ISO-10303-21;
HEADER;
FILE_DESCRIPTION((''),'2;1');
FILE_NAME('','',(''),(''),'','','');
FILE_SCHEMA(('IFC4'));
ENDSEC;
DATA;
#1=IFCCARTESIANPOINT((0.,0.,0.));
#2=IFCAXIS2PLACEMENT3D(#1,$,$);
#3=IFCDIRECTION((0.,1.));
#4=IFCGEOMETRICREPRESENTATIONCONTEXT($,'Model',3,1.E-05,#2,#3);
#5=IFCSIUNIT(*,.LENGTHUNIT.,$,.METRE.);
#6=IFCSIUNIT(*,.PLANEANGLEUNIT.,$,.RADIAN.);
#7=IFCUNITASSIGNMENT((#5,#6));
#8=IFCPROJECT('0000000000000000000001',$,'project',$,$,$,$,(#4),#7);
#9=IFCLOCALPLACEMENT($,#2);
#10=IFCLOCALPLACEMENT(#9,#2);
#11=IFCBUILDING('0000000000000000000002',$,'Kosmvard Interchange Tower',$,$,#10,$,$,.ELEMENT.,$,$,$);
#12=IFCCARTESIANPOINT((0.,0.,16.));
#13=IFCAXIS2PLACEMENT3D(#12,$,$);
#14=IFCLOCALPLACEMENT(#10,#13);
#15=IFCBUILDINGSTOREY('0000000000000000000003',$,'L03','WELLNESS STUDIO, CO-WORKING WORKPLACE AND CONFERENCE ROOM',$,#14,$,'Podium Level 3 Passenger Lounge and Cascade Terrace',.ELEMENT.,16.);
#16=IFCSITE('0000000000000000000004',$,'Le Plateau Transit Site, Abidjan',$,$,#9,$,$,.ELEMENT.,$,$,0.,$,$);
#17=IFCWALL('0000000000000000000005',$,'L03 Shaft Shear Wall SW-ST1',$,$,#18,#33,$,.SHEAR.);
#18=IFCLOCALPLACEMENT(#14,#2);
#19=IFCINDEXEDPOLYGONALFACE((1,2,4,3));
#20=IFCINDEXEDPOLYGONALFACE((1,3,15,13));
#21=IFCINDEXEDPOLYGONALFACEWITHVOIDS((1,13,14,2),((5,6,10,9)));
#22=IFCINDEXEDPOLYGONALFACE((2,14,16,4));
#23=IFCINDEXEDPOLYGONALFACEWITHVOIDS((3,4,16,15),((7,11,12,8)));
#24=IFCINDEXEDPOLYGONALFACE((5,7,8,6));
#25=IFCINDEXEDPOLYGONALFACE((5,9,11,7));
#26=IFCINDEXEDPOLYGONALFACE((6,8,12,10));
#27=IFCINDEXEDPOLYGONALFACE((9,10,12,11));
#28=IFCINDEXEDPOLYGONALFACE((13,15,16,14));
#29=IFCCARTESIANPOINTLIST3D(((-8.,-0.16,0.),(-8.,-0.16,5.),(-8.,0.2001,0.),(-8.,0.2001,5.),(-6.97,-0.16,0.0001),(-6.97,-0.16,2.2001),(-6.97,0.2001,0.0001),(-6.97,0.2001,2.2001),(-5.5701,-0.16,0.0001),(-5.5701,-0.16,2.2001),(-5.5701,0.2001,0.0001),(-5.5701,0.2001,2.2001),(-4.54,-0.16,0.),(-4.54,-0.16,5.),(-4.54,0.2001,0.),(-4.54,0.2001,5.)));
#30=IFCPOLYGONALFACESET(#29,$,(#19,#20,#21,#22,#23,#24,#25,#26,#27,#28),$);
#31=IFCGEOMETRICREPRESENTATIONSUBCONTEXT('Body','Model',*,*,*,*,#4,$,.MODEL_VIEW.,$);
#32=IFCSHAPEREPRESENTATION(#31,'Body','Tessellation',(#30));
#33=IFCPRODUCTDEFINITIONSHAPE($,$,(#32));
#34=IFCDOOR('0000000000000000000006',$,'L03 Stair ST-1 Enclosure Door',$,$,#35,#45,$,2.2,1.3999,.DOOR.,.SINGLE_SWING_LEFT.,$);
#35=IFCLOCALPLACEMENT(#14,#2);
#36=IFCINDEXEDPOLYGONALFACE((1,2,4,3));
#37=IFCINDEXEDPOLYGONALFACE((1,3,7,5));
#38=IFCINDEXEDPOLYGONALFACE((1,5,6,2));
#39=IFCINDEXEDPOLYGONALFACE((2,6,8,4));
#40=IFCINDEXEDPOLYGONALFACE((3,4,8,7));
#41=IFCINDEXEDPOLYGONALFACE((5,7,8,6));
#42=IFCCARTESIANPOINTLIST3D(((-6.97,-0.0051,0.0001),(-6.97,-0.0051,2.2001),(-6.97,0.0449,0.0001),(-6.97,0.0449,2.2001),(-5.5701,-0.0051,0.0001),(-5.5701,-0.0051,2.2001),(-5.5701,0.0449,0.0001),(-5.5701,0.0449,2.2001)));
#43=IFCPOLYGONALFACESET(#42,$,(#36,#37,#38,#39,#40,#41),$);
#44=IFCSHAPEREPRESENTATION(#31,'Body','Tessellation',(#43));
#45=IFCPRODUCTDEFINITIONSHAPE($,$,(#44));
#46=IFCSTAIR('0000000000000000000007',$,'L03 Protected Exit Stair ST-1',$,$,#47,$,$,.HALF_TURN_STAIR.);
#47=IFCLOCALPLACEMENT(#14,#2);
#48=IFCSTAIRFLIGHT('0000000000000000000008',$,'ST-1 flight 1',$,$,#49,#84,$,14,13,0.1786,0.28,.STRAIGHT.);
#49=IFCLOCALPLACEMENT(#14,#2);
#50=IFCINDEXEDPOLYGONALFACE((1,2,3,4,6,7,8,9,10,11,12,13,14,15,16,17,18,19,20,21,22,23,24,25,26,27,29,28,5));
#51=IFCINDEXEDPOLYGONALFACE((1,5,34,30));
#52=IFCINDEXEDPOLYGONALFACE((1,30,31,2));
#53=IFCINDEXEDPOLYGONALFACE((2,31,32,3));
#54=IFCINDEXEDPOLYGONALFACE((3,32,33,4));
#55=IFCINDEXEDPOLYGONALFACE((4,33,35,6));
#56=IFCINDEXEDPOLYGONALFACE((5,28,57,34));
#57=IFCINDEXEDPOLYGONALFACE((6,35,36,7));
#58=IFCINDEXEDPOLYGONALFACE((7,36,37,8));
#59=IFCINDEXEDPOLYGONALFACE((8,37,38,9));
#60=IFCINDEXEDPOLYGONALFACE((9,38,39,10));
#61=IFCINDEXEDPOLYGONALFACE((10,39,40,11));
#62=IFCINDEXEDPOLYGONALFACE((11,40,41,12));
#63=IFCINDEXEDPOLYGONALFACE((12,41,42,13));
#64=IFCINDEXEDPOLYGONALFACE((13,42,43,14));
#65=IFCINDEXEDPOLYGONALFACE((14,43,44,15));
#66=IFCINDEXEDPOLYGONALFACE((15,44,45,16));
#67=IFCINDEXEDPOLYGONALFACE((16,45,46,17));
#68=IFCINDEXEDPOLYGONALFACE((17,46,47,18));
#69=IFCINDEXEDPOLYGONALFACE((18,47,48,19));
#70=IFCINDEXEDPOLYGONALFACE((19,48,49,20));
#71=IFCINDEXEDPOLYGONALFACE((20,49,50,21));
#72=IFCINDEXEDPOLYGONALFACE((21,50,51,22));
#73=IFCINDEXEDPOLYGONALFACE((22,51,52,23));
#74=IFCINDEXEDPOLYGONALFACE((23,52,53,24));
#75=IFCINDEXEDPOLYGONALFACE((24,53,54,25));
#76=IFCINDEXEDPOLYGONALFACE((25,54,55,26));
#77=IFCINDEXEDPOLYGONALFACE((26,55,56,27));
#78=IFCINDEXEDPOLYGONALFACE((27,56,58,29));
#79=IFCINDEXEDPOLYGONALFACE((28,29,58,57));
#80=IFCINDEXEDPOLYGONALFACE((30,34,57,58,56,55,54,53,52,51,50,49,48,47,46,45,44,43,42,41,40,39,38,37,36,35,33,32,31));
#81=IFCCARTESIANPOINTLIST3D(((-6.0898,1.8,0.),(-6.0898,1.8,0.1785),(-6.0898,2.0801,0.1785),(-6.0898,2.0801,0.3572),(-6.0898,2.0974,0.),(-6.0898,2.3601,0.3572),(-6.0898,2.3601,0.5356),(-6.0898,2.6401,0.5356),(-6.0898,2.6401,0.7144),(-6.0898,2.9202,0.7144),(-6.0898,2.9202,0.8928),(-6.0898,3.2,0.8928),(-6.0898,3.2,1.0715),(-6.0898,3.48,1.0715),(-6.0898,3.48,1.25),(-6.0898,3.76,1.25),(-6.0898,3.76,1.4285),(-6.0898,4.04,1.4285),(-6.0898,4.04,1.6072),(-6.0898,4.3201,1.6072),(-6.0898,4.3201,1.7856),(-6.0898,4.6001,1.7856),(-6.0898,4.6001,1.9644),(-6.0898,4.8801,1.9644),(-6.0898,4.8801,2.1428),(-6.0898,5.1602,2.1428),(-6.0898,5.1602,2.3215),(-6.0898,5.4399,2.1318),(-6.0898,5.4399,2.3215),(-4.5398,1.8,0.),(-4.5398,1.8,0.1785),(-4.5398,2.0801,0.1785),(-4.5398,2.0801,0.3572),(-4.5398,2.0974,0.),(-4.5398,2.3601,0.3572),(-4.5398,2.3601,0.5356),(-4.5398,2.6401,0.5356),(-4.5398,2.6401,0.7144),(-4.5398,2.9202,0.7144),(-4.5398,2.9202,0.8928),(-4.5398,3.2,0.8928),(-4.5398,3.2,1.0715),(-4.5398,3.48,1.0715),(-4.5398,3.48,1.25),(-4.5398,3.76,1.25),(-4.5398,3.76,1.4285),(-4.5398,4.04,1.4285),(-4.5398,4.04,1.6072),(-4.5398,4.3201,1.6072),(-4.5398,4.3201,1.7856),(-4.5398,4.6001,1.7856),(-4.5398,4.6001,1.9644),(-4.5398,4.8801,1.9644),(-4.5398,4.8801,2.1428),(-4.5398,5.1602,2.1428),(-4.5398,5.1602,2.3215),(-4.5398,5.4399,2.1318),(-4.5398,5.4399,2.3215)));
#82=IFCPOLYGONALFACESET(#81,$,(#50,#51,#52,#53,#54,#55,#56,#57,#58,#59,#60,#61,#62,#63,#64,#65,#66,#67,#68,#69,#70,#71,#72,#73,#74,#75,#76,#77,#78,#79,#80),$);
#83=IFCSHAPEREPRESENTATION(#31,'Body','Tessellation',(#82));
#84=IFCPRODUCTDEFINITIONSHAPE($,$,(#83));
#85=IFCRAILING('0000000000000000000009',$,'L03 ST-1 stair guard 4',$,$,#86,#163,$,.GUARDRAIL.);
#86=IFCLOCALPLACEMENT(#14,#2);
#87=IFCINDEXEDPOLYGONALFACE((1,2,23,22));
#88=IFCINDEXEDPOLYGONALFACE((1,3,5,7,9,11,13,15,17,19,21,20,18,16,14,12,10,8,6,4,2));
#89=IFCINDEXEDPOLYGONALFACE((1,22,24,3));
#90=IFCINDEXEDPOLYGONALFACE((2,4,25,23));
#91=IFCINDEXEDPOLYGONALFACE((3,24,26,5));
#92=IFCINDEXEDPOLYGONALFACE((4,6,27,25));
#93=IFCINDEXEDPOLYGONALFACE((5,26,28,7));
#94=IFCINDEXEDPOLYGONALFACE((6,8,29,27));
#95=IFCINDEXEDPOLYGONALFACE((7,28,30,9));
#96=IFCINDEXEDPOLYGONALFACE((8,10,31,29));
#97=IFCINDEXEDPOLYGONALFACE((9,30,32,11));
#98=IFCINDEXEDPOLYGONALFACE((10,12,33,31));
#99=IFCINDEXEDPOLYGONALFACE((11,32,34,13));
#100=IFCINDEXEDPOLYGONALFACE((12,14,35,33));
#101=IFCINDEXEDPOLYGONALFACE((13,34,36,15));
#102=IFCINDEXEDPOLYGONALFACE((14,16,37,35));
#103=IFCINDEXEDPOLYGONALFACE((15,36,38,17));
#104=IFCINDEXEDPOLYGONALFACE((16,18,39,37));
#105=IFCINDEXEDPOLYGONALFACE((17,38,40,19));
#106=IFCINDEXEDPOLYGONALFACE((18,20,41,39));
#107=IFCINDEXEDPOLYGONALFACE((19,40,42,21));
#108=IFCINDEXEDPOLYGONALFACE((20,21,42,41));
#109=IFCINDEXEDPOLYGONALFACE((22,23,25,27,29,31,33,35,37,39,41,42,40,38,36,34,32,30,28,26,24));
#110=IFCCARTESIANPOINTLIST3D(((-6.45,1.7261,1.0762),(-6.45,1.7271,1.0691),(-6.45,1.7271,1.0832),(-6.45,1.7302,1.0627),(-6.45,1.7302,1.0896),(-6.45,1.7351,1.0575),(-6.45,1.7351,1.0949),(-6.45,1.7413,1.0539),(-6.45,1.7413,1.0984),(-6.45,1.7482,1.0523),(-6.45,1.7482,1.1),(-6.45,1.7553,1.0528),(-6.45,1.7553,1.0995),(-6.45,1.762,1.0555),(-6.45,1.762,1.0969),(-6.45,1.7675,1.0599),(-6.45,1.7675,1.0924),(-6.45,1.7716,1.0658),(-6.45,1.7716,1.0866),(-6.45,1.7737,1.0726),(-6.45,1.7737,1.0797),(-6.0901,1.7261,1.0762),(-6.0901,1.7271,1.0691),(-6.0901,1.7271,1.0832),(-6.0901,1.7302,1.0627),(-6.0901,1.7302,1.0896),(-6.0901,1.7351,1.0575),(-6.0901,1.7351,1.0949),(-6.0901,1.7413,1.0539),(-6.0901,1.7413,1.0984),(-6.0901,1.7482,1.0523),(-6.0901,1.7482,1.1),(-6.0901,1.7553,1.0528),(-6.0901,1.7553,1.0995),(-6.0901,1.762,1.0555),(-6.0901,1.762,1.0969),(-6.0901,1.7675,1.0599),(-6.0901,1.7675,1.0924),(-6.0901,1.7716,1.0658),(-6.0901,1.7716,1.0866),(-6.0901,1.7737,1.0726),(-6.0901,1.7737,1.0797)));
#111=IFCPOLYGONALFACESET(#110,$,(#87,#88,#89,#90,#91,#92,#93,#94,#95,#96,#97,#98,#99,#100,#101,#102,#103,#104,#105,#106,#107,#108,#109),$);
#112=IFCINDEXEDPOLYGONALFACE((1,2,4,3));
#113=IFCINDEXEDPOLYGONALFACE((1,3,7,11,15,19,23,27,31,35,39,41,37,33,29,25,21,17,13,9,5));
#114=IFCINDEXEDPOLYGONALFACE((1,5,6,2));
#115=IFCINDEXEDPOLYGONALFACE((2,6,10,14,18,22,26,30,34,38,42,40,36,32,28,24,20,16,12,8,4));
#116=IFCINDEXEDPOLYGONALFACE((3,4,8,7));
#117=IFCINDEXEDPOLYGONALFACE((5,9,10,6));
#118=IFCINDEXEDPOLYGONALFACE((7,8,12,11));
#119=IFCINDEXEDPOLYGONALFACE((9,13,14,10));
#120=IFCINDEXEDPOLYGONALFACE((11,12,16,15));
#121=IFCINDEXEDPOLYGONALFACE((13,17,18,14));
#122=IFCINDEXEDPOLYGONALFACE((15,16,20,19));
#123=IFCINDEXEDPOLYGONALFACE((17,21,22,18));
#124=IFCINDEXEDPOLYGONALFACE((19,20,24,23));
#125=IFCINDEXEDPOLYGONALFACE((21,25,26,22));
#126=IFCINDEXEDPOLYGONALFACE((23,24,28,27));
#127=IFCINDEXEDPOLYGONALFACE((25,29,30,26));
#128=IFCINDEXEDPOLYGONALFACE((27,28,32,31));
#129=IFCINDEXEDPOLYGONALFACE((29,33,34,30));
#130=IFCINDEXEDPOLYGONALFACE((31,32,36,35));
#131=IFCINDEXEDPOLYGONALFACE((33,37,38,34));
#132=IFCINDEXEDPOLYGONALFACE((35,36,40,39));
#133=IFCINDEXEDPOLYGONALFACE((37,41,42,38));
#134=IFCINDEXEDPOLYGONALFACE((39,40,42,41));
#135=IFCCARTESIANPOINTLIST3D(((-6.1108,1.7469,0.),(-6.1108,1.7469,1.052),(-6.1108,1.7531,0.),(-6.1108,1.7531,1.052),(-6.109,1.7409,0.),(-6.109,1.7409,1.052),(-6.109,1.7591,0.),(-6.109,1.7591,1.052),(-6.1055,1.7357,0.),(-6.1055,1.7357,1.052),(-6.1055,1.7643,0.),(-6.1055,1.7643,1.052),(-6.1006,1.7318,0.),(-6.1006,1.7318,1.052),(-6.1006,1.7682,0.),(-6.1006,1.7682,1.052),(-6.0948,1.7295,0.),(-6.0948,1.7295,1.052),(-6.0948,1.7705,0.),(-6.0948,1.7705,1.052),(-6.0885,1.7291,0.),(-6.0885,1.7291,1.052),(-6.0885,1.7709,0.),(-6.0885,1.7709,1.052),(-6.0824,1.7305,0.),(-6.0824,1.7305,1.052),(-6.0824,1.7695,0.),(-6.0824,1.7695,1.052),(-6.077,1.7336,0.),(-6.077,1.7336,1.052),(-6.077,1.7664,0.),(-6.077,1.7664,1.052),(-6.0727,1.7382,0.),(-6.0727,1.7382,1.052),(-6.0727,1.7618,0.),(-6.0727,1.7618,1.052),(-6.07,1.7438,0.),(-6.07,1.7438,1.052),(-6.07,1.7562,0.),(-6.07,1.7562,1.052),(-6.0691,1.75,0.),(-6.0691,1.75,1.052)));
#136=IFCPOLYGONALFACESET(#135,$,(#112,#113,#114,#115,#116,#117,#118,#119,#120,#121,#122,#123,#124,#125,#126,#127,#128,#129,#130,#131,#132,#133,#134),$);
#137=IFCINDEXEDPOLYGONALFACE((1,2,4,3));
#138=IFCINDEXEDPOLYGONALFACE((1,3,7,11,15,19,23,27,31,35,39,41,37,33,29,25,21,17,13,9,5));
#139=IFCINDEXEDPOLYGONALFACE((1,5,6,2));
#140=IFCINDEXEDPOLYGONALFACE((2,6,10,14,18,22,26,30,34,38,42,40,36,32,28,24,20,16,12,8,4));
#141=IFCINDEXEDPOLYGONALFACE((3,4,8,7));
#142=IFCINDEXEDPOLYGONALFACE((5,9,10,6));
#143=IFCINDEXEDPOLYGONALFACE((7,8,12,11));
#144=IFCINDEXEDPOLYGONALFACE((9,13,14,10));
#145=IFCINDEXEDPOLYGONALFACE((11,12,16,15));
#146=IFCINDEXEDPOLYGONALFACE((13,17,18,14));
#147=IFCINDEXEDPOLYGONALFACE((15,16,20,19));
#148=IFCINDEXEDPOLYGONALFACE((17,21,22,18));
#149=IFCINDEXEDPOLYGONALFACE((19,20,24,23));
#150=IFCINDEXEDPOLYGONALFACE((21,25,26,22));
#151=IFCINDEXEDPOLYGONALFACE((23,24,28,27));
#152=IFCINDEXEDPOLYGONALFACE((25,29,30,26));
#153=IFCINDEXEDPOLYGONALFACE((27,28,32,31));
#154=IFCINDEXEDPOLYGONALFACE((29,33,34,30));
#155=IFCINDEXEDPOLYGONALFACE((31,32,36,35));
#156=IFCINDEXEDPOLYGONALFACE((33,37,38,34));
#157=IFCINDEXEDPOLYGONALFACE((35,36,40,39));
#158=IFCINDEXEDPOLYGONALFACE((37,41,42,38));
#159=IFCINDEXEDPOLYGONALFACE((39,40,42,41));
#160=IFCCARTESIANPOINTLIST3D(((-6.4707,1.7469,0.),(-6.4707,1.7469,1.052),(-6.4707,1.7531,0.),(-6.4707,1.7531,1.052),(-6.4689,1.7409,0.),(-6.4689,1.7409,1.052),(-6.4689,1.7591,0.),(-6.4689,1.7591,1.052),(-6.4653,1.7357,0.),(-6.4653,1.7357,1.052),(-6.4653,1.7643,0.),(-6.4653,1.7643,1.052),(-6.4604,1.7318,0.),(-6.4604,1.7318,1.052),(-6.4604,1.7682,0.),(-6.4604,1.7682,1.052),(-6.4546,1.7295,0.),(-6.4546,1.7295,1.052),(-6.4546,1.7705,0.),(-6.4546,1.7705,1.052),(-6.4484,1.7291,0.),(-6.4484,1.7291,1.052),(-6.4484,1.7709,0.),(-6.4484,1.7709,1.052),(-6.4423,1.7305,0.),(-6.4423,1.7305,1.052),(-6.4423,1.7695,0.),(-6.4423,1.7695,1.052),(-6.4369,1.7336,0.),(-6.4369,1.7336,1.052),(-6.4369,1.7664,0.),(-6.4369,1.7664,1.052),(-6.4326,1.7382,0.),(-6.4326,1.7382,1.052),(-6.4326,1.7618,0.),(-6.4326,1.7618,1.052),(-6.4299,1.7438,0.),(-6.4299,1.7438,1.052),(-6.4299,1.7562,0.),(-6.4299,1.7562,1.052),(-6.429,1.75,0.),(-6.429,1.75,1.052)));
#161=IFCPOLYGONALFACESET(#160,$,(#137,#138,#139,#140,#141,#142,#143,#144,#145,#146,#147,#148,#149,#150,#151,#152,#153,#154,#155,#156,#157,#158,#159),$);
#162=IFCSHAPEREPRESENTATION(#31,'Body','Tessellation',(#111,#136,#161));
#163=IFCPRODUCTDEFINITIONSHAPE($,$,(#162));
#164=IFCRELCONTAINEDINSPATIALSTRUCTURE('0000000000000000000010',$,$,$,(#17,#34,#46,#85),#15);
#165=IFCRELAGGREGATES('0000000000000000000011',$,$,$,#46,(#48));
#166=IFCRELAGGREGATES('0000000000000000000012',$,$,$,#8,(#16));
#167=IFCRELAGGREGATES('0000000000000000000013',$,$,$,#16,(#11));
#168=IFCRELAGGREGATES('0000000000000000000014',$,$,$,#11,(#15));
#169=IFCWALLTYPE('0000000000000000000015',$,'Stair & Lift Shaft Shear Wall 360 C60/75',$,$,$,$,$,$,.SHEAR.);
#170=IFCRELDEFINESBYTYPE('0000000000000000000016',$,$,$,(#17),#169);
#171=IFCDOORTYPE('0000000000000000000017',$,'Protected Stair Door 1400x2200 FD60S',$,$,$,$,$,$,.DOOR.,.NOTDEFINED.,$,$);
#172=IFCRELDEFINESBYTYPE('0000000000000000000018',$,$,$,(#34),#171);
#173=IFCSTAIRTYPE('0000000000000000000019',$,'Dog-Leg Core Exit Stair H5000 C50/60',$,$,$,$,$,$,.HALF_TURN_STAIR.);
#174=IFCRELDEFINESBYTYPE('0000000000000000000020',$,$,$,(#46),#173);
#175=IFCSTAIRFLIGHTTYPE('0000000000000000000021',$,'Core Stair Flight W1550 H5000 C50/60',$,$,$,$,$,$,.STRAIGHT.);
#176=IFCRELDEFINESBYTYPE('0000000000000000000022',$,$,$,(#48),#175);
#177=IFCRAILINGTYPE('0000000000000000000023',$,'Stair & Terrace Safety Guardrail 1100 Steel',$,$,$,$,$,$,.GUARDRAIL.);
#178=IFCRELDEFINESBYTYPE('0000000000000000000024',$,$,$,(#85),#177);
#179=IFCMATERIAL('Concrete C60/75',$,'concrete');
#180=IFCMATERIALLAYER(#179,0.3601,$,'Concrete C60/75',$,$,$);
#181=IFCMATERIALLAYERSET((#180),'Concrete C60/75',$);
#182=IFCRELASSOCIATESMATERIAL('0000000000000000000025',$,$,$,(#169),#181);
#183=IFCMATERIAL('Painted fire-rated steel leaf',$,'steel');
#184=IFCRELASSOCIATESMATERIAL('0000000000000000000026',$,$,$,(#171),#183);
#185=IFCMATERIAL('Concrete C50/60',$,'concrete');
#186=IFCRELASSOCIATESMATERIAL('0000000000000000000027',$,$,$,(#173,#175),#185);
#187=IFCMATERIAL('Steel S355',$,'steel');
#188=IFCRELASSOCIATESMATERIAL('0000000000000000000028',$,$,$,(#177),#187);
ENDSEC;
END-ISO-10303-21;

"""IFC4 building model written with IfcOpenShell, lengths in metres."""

from ifc_helpers import new_model, si_unit, direction, frame, frame_2d, origin, origin_2d, place, context, subcontext, project, spatial, polyline, rectangle, circle, outline, extrude, source, transform, mapped, material, layer, layer_set, type_object, element, fill, aggregate, save


model = new_model("IFC4")

# Units and contexts
model_context = context("Model", 3, precision=1e-05, world=origin(), true_north=direction((0.0, 1.0)))
body_context = subcontext(model_context, "Body", "Model", "MODEL_VIEW")
ifc_project = project(units=[si_unit("LENGTHUNIT", "METRE"), si_unit("PLANEANGLEUNIT", "RADIAN")], contexts=[model_context])

# Site, building, storey
site_placement = place(None, origin())
site = spatial("IfcSite", under=ifc_project, at=site_placement, Name="Le Plateau Transit Site, Abidjan", CompositionType="ELEMENT", RefElevation=0.0)
building_placement = place(site_placement, origin())
building = spatial("IfcBuilding", under=site, at=building_placement, Name="Kosmvard Interchange Tower", CompositionType="ELEMENT")
storey_placement = place(building_placement, frame((0.0, 0.0, 16.0)))
storey = spatial("IfcBuildingStorey", under=building, at=storey_placement, Name="L03", Description="WELLNESS STUDIO, CO-WORKING WORKPLACE AND CONFERENCE ROOM", LongName="Podium Level 3 Passenger Lounge and Cascade Terrace", CompositionType="ELEMENT", Elevation=16.0)

# Wall, opening, door
ifc_material_1 = material(Name="Concrete C60/75", Category="concrete")
ifc_layer_1 = layer(ifc_material_1, 0.3601, Name="Concrete C60/75")
ifc_layer_set_1 = layer_set([ifc_layer_1], Name="Concrete C60/75")
wall_type_1 = type_object("IfcWallType", Name="Stair & Lift Shaft Shear Wall 360 C60/75", PredefinedType="SHEAR", material=ifc_layer_set_1)
wall_1_placement = place(storey_placement, frame((-8.0, 0.02, 0.0), z_axis=(0.0, 0.0, 1.0), x_axis=(1.0, 0.0, 0.0)))
wall_1 = element("IfcWall", 1, at=wall_1_placement, inside=storey, type_object=wall_type_1, Name="L03 Shaft Shear Wall SW-ST1", PredefinedType="SHEAR", context=body_context, shape_type="SweptSolid", body=[
    extrude(rectangle(XDim=3.46, YDim=0.3601, at=frame_2d((1.73, 0.0))), origin(), (0.0, 0.0, 1.0), 5.0),
])
opening_1_placement = place(wall_1_placement, frame((1.03, 0.0, 0.0)))
opening_1 = element("IfcOpeningElement", 2, at=opening_1_placement, cuts=wall_1, PredefinedType="OPENING", context=body_context, shape_type="SweptSolid", body=[
    extrude(rectangle(XDim=1.3999, YDim=2.2, at=frame_2d((0.7, 1.1001))), frame((0.0, 0.1899, 0.0), z_axis=(0.0, -1.0, 0.0), x_axis=(1.0, 0.0, 0.0)), (0.0, 0.0, 1.0), 0.3801),
])
ifc_material_2 = material(Name="Painted fire-rated steel leaf", Category="steel")
door_type_1 = type_object("IfcDoorType", Name="Protected Stair Door 1400x2200 FD60S", OperationType="NOTDEFINED", PredefinedType="DOOR", material=ifc_material_2)
shared_shape_1 = source(origin(), body_context, "Body", "SweptSolid", [
    extrude(rectangle(XDim=1.3999, YDim=2.2, at=frame_2d((0.7, 1.1001))), frame((0.0, 0.0249, 0.0), z_axis=(0.0, -1.0, 0.0), x_axis=(1.0, 0.0, 0.0)), (0.0, 0.0, 1.0), 0.05),
])
door_1_placement = place(opening_1_placement, origin())
door_1 = element("IfcDoor", 3, at=door_1_placement, inside=storey, type_object=door_type_1, Name="L03 Stair ST-1 Enclosure Door", OperationType="SINGLE_SWING_LEFT", OverallHeight=2.2, OverallWidth=1.3999, PredefinedType="DOOR", context=body_context, shape_type="MappedRepresentation", body=[
    mapped(shared_shape_1, transform((0.0, 0.0, 0.0), scale=1.0)),
])
fill(opening_1, door_1)

# Stair, stair flight
ifc_material_3 = material(Name="Concrete C50/60", Category="concrete")
stair_type = type_object("IfcStairType", Name="Dog-Leg Core Exit Stair H5000 C50/60", PredefinedType="HALF_TURN_STAIR", material=ifc_material_3)
stair_placement = place(storey_placement, origin())
stair = element("IfcStair", 4, at=stair_placement, inside=storey, type_object=stair_type, Name="L03 Protected Exit Stair ST-1", PredefinedType="HALF_TURN_STAIR")
stair_flight_type = type_object("IfcStairFlightType", Name="Core Stair Flight W1550 H5000 C50/60", PredefinedType="STRAIGHT", material=ifc_material_3)
shared_shape_2 = source(origin(), body_context, "Body", "SweptSolid", [
    extrude(outline(polyline([(0.0, 0.0), (0.0, 0.1785), (0.28, 0.1785), (0.28, 0.3572), (0.5601, 0.3572), (0.5601, 0.5356), (0.8401, 0.5356), (0.8401, 0.7144), (1.1201, 0.7144), (1.1201, 0.8928), (1.3999, 0.8928), (1.3999, 1.0715), (1.6799, 1.0715), (1.6799, 1.25), (1.96, 1.25), (1.96, 1.4285), (2.24, 1.4285), (2.24, 1.6072), (2.52, 1.6072), (2.52, 1.7856), (2.8, 1.7856), (2.8, 1.9644), (3.0801, 1.9644), (3.0801, 2.1428), (3.3601, 2.1428), (3.3601, 2.3215), (3.6399, 2.3215), (3.6399, 2.5), (3.6399, 2.1318), (0.2974, 0.0), (0.0, 0.0)])), frame((0.0, 0.7749, 0.0), z_axis=(0.0, -1.0, 0.0), x_axis=(1.0, 0.0, 0.0)), (0.0, 0.0, 1.0), 1.55),
])
stair_flight_placement = place(storey_placement, frame((-5.3149, 1.8, 0.0), z_axis=(0.0, 0.0, 1.0), x_axis=(0.0, 1.0, 0.0)))
stair_flight = element("IfcStairFlight", 5, at=stair_flight_placement, type_object=stair_flight_type, Name="ST-1 flight 1", NumberOfRisers=14, NumberOfTreads=13, PredefinedType="STRAIGHT", RiserHeight=0.1786, TreadLength=0.28, context=body_context, shape_type="MappedRepresentation", body=[
    mapped(shared_shape_2, transform((0.0, 0.0, 0.0), scale=1.0)),
])
aggregate(stair, [stair_flight])

# Railing
ifc_material_4 = material(Name="Steel S355", Category="steel")
railing_type_1 = type_object("IfcRailingType", Name="Stair & Terrace Safety Guardrail 1100 Steel", PredefinedType="GUARDRAIL", material=ifc_material_4)
shared_shape_3 = source(origin(), body_context, "Body", "SweptSolid", [
    extrude(circle(Radius=0.0239, at=origin_2d()), frame((0.0, 0.0, 1.0762), z_axis=(-1.0, 0.0, 0.0), x_axis=(0.0, -1.0, 0.0)), (0.0, 0.0, 1.0), 0.3599),
    extrude(circle(Radius=0.021, at=origin_2d()), origin(), (0.0, 0.0, 1.0), 1.052),
    extrude(circle(Radius=0.021, at=origin_2d()), frame((-0.3599, 0.0, 0.0)), (0.0, 0.0, 1.0), 1.052),
])
railing_1_placement = place(storey_placement, frame((-6.0901, 1.75, 0.0)))
element("IfcRailing", 6, at=railing_1_placement, inside=storey, type_object=railing_type_1, Name="L03 ST-1 stair guard 4", PredefinedType="GUARDRAIL", context=body_context, shape_type="MappedRepresentation", body=[
    mapped(shared_shape_3, transform((0.0, 0.0, 0.0), scale=1.0)),
])

save(model, "model.ifc")
